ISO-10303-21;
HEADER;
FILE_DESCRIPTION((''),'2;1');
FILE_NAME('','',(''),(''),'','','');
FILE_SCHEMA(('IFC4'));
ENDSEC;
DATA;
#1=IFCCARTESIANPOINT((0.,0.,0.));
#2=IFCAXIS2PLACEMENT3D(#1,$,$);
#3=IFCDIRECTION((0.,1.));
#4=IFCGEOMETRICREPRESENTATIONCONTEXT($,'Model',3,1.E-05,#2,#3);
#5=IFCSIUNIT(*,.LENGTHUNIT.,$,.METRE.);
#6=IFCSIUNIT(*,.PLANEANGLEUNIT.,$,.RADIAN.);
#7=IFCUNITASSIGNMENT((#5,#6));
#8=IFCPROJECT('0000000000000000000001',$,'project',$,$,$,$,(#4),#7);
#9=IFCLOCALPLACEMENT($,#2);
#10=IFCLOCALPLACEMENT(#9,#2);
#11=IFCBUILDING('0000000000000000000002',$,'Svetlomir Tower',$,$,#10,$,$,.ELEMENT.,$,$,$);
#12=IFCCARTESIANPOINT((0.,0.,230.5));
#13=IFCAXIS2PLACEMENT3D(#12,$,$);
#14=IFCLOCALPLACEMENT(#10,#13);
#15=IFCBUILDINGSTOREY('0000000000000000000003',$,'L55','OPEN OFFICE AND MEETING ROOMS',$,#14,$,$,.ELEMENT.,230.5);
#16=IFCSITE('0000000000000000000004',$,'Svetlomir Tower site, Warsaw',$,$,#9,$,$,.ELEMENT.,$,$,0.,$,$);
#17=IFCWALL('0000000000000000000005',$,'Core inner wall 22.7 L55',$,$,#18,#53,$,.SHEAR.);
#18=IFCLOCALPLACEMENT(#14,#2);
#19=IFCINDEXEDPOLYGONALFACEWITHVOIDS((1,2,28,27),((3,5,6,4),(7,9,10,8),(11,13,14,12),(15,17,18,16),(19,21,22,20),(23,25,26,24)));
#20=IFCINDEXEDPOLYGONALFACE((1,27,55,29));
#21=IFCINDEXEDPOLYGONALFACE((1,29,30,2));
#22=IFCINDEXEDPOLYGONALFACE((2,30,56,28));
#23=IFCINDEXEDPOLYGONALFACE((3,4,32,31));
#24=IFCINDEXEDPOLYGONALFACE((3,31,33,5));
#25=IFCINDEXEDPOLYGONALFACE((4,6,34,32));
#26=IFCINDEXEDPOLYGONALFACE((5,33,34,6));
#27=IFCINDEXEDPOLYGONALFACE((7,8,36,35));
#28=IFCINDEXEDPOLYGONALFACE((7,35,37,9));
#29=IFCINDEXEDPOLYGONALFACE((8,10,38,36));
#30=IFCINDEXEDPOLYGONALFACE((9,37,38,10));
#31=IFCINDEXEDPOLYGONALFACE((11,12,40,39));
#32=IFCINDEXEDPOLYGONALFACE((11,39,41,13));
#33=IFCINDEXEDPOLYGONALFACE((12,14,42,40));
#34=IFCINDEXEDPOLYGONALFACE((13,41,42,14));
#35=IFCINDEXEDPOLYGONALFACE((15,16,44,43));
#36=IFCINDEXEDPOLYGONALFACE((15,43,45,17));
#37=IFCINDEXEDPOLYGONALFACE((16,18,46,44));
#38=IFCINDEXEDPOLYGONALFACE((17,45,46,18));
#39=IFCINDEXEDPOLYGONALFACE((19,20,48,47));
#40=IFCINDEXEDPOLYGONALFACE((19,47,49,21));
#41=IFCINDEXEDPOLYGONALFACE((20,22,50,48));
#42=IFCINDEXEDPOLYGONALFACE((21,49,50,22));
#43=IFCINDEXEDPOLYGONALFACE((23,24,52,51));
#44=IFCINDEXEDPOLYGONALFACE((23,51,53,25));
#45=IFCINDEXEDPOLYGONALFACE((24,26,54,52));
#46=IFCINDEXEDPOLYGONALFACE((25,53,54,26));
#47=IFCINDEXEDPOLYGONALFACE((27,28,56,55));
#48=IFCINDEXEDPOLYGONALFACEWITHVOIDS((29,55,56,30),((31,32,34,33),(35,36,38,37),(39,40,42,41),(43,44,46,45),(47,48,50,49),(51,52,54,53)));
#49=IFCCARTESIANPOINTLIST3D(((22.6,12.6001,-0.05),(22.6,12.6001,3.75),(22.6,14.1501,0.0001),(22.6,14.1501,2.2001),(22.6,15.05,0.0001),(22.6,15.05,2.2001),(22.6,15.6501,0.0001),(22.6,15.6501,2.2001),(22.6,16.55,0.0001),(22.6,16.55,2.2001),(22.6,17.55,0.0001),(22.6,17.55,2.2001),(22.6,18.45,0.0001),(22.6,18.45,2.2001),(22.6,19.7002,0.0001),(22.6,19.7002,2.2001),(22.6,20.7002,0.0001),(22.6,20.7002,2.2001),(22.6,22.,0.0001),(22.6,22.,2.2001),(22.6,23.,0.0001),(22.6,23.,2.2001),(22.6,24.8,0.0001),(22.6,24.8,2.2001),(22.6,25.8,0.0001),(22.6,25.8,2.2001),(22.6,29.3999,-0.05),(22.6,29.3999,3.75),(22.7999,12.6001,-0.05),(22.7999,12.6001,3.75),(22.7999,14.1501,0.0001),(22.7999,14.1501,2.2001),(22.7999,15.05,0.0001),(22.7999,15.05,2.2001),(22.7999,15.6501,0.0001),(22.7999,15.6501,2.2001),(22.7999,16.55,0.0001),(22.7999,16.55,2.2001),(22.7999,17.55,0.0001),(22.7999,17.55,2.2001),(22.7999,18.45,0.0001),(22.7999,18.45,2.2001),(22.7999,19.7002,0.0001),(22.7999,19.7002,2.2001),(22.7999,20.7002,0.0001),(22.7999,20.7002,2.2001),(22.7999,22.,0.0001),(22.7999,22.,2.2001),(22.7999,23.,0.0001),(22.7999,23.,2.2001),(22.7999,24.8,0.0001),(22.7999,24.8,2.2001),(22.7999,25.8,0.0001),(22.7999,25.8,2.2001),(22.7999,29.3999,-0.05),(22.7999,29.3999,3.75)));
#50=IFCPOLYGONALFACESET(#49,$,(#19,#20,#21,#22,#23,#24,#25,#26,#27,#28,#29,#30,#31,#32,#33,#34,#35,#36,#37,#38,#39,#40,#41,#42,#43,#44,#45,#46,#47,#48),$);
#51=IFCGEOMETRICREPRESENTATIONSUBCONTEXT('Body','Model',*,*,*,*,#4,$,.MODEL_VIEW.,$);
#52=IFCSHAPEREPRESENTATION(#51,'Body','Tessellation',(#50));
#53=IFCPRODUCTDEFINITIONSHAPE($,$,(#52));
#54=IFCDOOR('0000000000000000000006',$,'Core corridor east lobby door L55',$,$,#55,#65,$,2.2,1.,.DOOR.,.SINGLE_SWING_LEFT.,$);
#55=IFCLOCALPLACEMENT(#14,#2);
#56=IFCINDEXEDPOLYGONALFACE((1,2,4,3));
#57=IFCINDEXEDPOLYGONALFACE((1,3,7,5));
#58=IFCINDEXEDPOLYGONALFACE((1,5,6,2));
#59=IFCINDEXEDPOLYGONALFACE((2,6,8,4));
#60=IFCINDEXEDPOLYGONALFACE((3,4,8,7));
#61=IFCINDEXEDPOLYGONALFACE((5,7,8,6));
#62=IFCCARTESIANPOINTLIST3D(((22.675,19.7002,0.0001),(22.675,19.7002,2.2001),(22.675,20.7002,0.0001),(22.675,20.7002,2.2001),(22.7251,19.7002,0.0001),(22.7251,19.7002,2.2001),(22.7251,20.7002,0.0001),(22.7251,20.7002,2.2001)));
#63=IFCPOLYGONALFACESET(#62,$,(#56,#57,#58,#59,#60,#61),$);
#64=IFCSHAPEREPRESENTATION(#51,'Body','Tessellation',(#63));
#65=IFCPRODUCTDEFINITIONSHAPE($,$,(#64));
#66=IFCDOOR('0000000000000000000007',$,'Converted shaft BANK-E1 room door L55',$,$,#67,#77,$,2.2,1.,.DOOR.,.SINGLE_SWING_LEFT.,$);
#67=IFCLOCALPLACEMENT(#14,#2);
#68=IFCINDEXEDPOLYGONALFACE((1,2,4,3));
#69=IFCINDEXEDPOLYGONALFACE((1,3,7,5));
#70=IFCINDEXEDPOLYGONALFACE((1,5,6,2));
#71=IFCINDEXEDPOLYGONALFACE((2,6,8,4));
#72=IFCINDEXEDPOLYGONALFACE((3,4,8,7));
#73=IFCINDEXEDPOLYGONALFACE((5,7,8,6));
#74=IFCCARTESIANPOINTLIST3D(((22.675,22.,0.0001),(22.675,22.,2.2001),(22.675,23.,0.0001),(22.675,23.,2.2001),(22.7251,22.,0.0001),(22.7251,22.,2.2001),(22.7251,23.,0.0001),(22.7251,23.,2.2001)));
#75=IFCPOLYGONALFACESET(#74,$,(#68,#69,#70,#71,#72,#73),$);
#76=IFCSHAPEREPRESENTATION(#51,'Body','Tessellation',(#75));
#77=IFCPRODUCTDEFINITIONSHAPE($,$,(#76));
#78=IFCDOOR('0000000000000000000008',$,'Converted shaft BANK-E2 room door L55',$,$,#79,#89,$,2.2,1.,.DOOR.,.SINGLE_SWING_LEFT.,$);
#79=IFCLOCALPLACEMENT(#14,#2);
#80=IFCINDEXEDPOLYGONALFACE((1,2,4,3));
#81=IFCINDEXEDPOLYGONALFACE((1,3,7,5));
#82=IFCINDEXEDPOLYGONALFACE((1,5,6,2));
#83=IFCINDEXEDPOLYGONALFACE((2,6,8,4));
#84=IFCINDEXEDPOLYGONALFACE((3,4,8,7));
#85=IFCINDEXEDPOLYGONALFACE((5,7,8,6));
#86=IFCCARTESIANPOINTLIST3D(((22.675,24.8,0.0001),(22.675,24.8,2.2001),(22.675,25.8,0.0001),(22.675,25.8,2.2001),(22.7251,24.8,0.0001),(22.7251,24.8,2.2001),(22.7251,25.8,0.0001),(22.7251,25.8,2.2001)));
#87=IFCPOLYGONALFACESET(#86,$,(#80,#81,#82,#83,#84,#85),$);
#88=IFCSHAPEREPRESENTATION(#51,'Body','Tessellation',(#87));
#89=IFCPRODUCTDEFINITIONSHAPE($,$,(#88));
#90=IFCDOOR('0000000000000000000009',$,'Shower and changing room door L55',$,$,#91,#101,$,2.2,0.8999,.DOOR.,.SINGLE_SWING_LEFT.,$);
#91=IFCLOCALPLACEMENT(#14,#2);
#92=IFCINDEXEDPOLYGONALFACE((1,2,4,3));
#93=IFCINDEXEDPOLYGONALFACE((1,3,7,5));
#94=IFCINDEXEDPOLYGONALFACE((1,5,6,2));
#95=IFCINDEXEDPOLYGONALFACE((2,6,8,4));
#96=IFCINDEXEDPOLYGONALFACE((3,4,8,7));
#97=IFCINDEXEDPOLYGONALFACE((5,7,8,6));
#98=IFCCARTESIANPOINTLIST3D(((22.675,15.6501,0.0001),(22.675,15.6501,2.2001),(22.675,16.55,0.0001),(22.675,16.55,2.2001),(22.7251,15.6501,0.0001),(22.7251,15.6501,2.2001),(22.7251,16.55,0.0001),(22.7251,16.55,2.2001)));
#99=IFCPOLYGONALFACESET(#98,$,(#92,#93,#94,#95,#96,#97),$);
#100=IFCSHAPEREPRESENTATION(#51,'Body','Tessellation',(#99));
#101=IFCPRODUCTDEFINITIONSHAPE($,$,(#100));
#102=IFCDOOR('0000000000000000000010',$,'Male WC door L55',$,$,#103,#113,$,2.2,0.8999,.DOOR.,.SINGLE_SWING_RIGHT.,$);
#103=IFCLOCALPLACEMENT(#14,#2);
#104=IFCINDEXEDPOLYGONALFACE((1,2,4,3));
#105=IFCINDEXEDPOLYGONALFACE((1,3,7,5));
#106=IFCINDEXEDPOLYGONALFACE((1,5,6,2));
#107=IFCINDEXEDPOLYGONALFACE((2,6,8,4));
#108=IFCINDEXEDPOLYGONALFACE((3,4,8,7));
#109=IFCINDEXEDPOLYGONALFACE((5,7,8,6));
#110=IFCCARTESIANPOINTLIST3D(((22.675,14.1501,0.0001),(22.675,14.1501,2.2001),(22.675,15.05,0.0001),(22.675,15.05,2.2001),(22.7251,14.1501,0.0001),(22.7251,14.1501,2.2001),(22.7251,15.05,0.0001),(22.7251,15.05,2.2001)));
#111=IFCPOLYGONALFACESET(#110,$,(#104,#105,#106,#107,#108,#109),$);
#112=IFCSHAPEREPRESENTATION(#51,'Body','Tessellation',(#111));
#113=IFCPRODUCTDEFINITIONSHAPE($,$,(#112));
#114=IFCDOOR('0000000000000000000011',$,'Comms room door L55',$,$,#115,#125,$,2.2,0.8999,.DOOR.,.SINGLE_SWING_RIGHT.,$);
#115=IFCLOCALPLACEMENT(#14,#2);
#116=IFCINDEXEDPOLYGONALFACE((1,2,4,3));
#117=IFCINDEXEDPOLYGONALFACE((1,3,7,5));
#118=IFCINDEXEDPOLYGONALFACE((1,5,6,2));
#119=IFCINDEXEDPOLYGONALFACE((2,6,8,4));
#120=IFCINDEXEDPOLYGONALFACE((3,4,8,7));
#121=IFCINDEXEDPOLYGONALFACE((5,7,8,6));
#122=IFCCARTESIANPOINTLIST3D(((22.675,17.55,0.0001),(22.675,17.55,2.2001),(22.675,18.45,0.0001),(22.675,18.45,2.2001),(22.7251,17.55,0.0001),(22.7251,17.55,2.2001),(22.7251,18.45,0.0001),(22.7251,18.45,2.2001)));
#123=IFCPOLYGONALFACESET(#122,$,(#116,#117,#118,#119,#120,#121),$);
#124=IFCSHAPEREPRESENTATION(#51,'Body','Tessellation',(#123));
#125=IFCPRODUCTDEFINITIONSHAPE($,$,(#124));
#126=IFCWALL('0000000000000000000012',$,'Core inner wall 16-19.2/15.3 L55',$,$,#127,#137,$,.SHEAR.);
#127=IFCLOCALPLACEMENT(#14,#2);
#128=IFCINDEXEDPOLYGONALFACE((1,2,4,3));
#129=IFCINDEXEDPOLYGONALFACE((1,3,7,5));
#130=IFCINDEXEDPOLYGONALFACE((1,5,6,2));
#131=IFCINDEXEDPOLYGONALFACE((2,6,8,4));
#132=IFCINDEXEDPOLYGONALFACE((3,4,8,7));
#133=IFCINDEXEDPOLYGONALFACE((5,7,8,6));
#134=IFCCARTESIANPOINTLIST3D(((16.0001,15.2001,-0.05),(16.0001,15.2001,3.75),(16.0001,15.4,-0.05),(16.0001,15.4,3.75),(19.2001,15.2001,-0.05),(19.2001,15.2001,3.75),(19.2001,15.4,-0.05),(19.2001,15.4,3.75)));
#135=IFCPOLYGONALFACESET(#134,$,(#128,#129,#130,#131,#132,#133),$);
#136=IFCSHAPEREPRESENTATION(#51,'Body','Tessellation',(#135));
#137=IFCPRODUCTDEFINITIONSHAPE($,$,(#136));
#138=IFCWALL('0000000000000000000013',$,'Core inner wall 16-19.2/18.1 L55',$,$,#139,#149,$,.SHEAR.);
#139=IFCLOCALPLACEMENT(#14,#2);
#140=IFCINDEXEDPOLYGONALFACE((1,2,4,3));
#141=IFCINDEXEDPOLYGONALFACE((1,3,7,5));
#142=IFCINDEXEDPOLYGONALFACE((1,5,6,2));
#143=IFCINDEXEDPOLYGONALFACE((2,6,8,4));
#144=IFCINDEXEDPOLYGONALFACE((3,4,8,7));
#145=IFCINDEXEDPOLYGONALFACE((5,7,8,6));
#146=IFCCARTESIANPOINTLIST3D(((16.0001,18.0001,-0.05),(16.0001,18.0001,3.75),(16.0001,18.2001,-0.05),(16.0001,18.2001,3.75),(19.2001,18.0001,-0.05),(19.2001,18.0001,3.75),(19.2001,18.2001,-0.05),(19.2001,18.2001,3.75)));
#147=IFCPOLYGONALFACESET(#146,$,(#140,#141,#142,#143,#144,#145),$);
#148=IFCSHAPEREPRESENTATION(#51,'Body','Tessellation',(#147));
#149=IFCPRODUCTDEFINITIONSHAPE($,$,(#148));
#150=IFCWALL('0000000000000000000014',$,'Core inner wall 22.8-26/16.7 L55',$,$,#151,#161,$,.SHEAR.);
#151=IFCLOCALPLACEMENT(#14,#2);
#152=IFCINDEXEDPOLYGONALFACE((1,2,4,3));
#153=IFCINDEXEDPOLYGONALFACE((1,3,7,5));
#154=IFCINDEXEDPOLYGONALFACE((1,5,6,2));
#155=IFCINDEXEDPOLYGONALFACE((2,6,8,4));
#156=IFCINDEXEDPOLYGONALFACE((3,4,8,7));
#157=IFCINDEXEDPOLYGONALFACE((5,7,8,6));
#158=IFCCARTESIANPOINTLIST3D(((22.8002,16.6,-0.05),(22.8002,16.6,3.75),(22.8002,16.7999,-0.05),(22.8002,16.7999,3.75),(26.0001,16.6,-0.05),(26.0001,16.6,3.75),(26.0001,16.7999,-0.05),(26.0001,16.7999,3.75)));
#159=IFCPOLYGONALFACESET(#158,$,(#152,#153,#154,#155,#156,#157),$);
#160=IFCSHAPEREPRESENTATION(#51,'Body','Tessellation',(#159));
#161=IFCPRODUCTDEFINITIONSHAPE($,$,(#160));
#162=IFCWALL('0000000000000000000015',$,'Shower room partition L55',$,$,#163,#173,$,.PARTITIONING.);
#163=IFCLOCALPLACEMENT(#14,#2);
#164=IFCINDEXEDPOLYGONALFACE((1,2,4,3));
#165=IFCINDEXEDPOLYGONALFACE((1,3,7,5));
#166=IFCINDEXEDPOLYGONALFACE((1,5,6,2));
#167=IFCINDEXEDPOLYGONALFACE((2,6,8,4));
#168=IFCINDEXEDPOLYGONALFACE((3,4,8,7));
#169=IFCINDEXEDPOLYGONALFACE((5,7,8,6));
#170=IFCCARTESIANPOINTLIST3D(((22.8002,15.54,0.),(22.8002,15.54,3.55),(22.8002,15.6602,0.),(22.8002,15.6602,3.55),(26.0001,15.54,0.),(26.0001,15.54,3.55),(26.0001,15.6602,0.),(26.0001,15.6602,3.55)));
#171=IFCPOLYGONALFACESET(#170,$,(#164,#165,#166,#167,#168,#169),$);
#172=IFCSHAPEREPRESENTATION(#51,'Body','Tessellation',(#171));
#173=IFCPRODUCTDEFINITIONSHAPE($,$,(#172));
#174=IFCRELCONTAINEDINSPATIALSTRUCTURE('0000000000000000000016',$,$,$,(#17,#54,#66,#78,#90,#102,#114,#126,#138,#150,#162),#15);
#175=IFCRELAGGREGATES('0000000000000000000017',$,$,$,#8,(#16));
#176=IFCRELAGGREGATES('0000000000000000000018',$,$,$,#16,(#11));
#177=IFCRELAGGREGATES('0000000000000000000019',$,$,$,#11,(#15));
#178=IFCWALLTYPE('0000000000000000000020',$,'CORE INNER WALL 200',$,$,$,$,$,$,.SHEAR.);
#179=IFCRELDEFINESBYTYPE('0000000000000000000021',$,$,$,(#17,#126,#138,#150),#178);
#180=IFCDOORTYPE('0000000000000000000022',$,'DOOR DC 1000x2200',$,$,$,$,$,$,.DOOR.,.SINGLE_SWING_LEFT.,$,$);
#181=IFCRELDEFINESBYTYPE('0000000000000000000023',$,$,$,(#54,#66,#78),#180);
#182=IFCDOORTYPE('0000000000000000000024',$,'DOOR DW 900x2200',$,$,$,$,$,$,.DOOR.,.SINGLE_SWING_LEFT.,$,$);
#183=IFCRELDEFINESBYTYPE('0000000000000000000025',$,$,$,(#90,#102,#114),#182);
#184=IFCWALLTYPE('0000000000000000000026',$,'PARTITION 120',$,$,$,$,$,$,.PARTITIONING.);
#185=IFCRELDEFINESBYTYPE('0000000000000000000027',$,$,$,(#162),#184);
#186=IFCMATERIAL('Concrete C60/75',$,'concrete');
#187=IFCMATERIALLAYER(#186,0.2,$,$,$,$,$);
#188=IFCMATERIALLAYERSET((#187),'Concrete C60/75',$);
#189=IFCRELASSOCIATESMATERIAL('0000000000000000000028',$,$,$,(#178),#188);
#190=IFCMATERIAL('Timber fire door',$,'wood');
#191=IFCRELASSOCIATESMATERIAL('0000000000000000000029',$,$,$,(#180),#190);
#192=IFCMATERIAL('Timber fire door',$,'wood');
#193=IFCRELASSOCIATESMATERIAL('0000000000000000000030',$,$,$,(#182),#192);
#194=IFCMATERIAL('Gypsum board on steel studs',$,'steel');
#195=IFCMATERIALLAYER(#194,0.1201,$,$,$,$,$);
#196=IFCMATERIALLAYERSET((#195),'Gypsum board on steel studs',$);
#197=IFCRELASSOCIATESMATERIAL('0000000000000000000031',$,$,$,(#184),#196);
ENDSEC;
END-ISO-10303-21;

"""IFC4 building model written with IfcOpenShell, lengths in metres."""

from ifc_helpers import new_model, si_unit, direction, frame, frame_2d, origin, place, context, subcontext, project, spatial, rectangle, extrude, material, layer, layer_set, type_object, element, fill, save


model = new_model("IFC4")

# Units and contexts
model_context = context("Model", 3, precision=1e-05, world=origin(), true_north=direction((0.0, 1.0)))
body_context = subcontext(model_context, "Body", "Model", "MODEL_VIEW")
ifc_project = project(units=[si_unit("LENGTHUNIT", "METRE"), si_unit("PLANEANGLEUNIT", "RADIAN")], contexts=[model_context])

# Site, building, storey
site_placement = place(None, origin())
site = spatial("IfcSite", under=ifc_project, at=site_placement, Name="Svetlomir Tower site, Warsaw", CompositionType="ELEMENT", RefElevation=0.0)
building_placement = place(site_placement, origin())
building = spatial("IfcBuilding", under=site, at=building_placement, Name="Svetlomir Tower", CompositionType="ELEMENT")
storey_placement = place(building_placement, frame((0.0, 0.0, 230.5)))
storey = spatial("IfcBuildingStorey", under=building, at=storey_placement, Name="L55", Description="OPEN OFFICE AND MEETING ROOMS", CompositionType="ELEMENT", Elevation=230.5)

# Shared definitions
ifc_material_1 = material(Name="Concrete C60/75", Category="concrete")
ifc_layer_1 = layer(ifc_material_1, 0.2)
ifc_layer_set_1 = layer_set([ifc_layer_1], Name="Concrete C60/75")
wall_type_1 = type_object("IfcWallType", Name="CORE INNER WALL 200", PredefinedType="SHEAR", material=ifc_layer_set_1)

# Wall, openings, doors
ifc_material_2 = material(Name="Timber fire door", Category="wood")
door_type_1 = type_object("IfcDoorType", Name="DOOR DC 1000x2200", OperationType="SINGLE_SWING_LEFT", PredefinedType="DOOR", material=ifc_material_2)
ifc_material_3 = material(Name="Timber fire door", Category="wood")
door_type_2 = type_object("IfcDoorType", Name="DOOR DW 900x2200", OperationType="SINGLE_SWING_LEFT", PredefinedType="DOOR", material=ifc_material_3)
wall_1_placement = place(storey_placement, frame((22.7, 12.6001, -0.05), z_axis=(0.0, 0.0, 1.0), x_axis=(0.0, 1.0, 0.0)))
wall_1 = element("IfcWall", 1, at=wall_1_placement, inside=storey, type_object=wall_type_1, Name="Core inner wall 22.7 L55", PredefinedType="SHEAR", context=body_context, shape_type="SweptSolid", body=[
    extrude(rectangle(XDim=16.7998, YDim=0.2, at=frame_2d((8.3999, 0.0))), origin(), (0.0, 0.0, 1.0), 3.8),
])
opening_1_placement = place(wall_1_placement, frame((3.05, 0.0, 0.05)))
opening_1 = element("IfcOpeningElement", 2, at=opening_1_placement, cuts=wall_1, PredefinedType="OPENING", context=body_context, shape_type="SweptSolid", body=[
    extrude(rectangle(XDim=0.8999, YDim=2.2, at=frame_2d((0.45, 1.1001))), frame((0.0, 0.1099, 0.0), z_axis=(0.0, -1.0, 0.0), x_axis=(1.0, 0.0, 0.0)), (0.0, 0.0, 1.0), 0.22),
])
opening_2_placement = place(wall_1_placement, frame((7.1001, 0.0, 0.05)))
opening_2 = element("IfcOpeningElement", 3, at=opening_2_placement, cuts=wall_1, PredefinedType="OPENING", context=body_context, shape_type="SweptSolid", body=[
    extrude(rectangle(XDim=1.0, YDim=2.2, at=frame_2d((0.5, 1.1001))), frame((0.0, 0.1099, 0.0), z_axis=(0.0, -1.0, 0.0), x_axis=(1.0, 0.0, 0.0)), (0.0, 0.0, 1.0), 0.22),
])
opening_3_placement = place(wall_1_placement, frame((1.55, 0.0, 0.05)))
opening_3 = element("IfcOpeningElement", 4, at=opening_3_placement, cuts=wall_1, PredefinedType="OPENING", context=body_context, shape_type="SweptSolid", body=[
    extrude(rectangle(XDim=0.8999, YDim=2.2, at=frame_2d((0.45, 1.1001))), frame((0.0, 0.1099, 0.0), z_axis=(0.0, -1.0, 0.0), x_axis=(1.0, 0.0, 0.0)), (0.0, 0.0, 1.0), 0.22),
])
opening_4_placement = place(wall_1_placement, frame((4.95, 0.0, 0.05)))
opening_4 = element("IfcOpeningElement", 5, at=opening_4_placement, cuts=wall_1, PredefinedType="OPENING", context=body_context, shape_type="SweptSolid", body=[
    extrude(rectangle(XDim=0.8999, YDim=2.2, at=frame_2d((0.45, 1.1001))), frame((0.0, 0.1099, 0.0), z_axis=(0.0, -1.0, 0.0), x_axis=(1.0, 0.0, 0.0)), (0.0, 0.0, 1.0), 0.22),
])
opening_5_placement = place(wall_1_placement, frame((9.3999, 0.0, 0.05)))
opening_5 = element("IfcOpeningElement", 6, at=opening_5_placement, cuts=wall_1, PredefinedType="OPENING", context=body_context, shape_type="SweptSolid", body=[
    extrude(rectangle(XDim=1.0, YDim=2.2, at=frame_2d((0.5, 1.1001))), frame((0.0, 0.1099, 0.0), z_axis=(0.0, -1.0, 0.0), x_axis=(1.0, 0.0, 0.0)), (0.0, 0.0, 1.0), 0.22),
])
opening_6_placement = place(wall_1_placement, frame((12.2, 0.0, 0.05)))
opening_6 = element("IfcOpeningElement", 7, at=opening_6_placement, cuts=wall_1, PredefinedType="OPENING", context=body_context, shape_type="SweptSolid", body=[
    extrude(rectangle(XDim=1.0, YDim=2.2, at=frame_2d((0.5, 1.1001))), frame((0.0, 0.1099, 0.0), z_axis=(0.0, -1.0, 0.0), x_axis=(1.0, 0.0, 0.0)), (0.0, 0.0, 1.0), 0.22),
])
door_1_placement = place(opening_2_placement, origin())
door_1 = element("IfcDoor", 8, at=door_1_placement, inside=storey, type_object=door_type_1, Name="Core corridor east lobby door L55", OperationType="SINGLE_SWING_LEFT", OverallHeight=2.2, OverallWidth=1.0, PredefinedType="DOOR", context=body_context, shape_type="SweptSolid", body=[
    extrude(rectangle(XDim=1.0, YDim=2.2, at=frame_2d((0.5, 1.1001))), frame((0.0, 0.0249, 0.0), z_axis=(0.0, -1.0, 0.0), x_axis=(1.0, 0.0, 0.0)), (0.0, 0.0, 1.0), 0.05),
])
fill(opening_2, door_1)
door_2_placement = place(opening_5_placement, origin())
door_2 = element("IfcDoor", 9, at=door_2_placement, inside=storey, type_object=door_type_1, Name="Converted shaft BANK-E1 room door L55", OperationType="SINGLE_SWING_LEFT", OverallHeight=2.2, OverallWidth=1.0, PredefinedType="DOOR", context=body_context, shape_type="SweptSolid", body=[
    extrude(rectangle(XDim=1.0, YDim=2.2, at=frame_2d((0.5, 1.1001))), frame((0.0, 0.0249, 0.0), z_axis=(0.0, -1.0, 0.0), x_axis=(1.0, 0.0, 0.0)), (0.0, 0.0, 1.0), 0.05),
])
fill(opening_5, door_2)
door_3_placement = place(opening_6_placement, origin())
door_3 = element("IfcDoor", 10, at=door_3_placement, inside=storey, type_object=door_type_1, Name="Converted shaft BANK-E2 room door L55", OperationType="SINGLE_SWING_LEFT", OverallHeight=2.2, OverallWidth=1.0, PredefinedType="DOOR", context=body_context, shape_type="SweptSolid", body=[
    extrude(rectangle(XDim=1.0, YDim=2.2, at=frame_2d((0.5, 1.1001))), frame((0.0, 0.0249, 0.0), z_axis=(0.0, -1.0, 0.0), x_axis=(1.0, 0.0, 0.0)), (0.0, 0.0, 1.0), 0.05),
])
fill(opening_6, door_3)
door_4_placement = place(opening_1_placement, origin())
door_4 = element("IfcDoor", 11, at=door_4_placement, inside=storey, type_object=door_type_2, Name="Shower and changing room door L55", OperationType="SINGLE_SWING_LEFT", OverallHeight=2.2, OverallWidth=0.8999, PredefinedType="DOOR", context=body_context, shape_type="SweptSolid", body=[
    extrude(rectangle(XDim=0.8999, YDim=2.2, at=frame_2d((0.45, 1.1001))), frame((0.0, 0.0249, 0.0), z_axis=(0.0, -1.0, 0.0), x_axis=(1.0, 0.0, 0.0)), (0.0, 0.0, 1.0), 0.05),
])
fill(opening_1, door_4)
door_5_placement = place(opening_3_placement, origin())
door_5 = element("IfcDoor", 12, at=door_5_placement, inside=storey, type_object=door_type_2, Name="Male WC door L55", OperationType="SINGLE_SWING_RIGHT", OverallHeight=2.2, OverallWidth=0.8999, PredefinedType="DOOR", context=body_context, shape_type="SweptSolid", body=[
    extrude(rectangle(XDim=0.8999, YDim=2.2, at=frame_2d((0.45, 1.1001))), frame((0.0, 0.0249, 0.0), z_axis=(0.0, -1.0, 0.0), x_axis=(1.0, 0.0, 0.0)), (0.0, 0.0, 1.0), 0.05),
])
fill(opening_3, door_5)
door_6_placement = place(opening_4_placement, origin())
door_6 = element("IfcDoor", 13, at=door_6_placement, inside=storey, type_object=door_type_2, Name="Comms room door L55", OperationType="SINGLE_SWING_RIGHT", OverallHeight=2.2, OverallWidth=0.8999, PredefinedType="DOOR", context=body_context, shape_type="SweptSolid", body=[
    extrude(rectangle(XDim=0.8999, YDim=2.2, at=frame_2d((0.45, 1.1001))), frame((0.0, 0.0249, 0.0), z_axis=(0.0, -1.0, 0.0), x_axis=(1.0, 0.0, 0.0)), (0.0, 0.0, 1.0), 0.05),
])
fill(opening_4, door_6)

# Walls
for number, where, z_axis, x_axis, name in (
    (14, (16.0, 15.3, -0.05), (0.0, 0.0, 1.0), (1.0, 0.0, 0.0), "Core inner wall 16-19.2/15.3 L55"),
    (15, (16.0, 18.1001, -0.05), (0.0, 0.0, 1.0), (1.0, 0.0, 0.0), "Core inner wall 16-19.2/18.1 L55"),
    (16, (22.8, 16.7, -0.05), (0.0, 0.0, 1.0), (1.0, 0.0, 0.0), "Core inner wall 22.8-26/16.7 L55"),
):
    element("IfcWall", number, at=place(storey_placement, frame(where, z_axis=z_axis, x_axis=x_axis)), inside=storey, type_object=wall_type_1, Name=name, PredefinedType="SHEAR", context=body_context, shape_type="SweptSolid", body=[
        extrude(rectangle(XDim=3.2, YDim=0.2, at=frame_2d((1.6001, 0.0))), origin(), (0.0, 0.0, 1.0), 3.8),
    ])
ifc_material_4 = material(Name="Gypsum board on steel studs", Category="steel")
ifc_layer_2 = layer(ifc_material_4, 0.1201)
ifc_layer_set_2 = layer_set([ifc_layer_2], Name="Gypsum board on steel studs")
wall_type_2 = type_object("IfcWallType", Name="PARTITION 120", PredefinedType="PARTITIONING", material=ifc_layer_set_2)
wall_2_placement = place(storey_placement, frame((22.8, 15.6001, 0.0), z_axis=(0.0, 0.0, 1.0), x_axis=(1.0, 0.0, 0.0)))
element("IfcWall", 17, at=wall_2_placement, inside=storey, type_object=wall_type_2, Name="Shower room partition L55", PredefinedType="PARTITIONING", context=body_context, shape_type="SweptSolid", body=[
    extrude(rectangle(XDim=3.2, YDim=0.1201, at=frame_2d((1.6001, 0.0))), origin(), (0.0, 0.0, 1.0), 3.55),
])

save(model, "model.ifc")
